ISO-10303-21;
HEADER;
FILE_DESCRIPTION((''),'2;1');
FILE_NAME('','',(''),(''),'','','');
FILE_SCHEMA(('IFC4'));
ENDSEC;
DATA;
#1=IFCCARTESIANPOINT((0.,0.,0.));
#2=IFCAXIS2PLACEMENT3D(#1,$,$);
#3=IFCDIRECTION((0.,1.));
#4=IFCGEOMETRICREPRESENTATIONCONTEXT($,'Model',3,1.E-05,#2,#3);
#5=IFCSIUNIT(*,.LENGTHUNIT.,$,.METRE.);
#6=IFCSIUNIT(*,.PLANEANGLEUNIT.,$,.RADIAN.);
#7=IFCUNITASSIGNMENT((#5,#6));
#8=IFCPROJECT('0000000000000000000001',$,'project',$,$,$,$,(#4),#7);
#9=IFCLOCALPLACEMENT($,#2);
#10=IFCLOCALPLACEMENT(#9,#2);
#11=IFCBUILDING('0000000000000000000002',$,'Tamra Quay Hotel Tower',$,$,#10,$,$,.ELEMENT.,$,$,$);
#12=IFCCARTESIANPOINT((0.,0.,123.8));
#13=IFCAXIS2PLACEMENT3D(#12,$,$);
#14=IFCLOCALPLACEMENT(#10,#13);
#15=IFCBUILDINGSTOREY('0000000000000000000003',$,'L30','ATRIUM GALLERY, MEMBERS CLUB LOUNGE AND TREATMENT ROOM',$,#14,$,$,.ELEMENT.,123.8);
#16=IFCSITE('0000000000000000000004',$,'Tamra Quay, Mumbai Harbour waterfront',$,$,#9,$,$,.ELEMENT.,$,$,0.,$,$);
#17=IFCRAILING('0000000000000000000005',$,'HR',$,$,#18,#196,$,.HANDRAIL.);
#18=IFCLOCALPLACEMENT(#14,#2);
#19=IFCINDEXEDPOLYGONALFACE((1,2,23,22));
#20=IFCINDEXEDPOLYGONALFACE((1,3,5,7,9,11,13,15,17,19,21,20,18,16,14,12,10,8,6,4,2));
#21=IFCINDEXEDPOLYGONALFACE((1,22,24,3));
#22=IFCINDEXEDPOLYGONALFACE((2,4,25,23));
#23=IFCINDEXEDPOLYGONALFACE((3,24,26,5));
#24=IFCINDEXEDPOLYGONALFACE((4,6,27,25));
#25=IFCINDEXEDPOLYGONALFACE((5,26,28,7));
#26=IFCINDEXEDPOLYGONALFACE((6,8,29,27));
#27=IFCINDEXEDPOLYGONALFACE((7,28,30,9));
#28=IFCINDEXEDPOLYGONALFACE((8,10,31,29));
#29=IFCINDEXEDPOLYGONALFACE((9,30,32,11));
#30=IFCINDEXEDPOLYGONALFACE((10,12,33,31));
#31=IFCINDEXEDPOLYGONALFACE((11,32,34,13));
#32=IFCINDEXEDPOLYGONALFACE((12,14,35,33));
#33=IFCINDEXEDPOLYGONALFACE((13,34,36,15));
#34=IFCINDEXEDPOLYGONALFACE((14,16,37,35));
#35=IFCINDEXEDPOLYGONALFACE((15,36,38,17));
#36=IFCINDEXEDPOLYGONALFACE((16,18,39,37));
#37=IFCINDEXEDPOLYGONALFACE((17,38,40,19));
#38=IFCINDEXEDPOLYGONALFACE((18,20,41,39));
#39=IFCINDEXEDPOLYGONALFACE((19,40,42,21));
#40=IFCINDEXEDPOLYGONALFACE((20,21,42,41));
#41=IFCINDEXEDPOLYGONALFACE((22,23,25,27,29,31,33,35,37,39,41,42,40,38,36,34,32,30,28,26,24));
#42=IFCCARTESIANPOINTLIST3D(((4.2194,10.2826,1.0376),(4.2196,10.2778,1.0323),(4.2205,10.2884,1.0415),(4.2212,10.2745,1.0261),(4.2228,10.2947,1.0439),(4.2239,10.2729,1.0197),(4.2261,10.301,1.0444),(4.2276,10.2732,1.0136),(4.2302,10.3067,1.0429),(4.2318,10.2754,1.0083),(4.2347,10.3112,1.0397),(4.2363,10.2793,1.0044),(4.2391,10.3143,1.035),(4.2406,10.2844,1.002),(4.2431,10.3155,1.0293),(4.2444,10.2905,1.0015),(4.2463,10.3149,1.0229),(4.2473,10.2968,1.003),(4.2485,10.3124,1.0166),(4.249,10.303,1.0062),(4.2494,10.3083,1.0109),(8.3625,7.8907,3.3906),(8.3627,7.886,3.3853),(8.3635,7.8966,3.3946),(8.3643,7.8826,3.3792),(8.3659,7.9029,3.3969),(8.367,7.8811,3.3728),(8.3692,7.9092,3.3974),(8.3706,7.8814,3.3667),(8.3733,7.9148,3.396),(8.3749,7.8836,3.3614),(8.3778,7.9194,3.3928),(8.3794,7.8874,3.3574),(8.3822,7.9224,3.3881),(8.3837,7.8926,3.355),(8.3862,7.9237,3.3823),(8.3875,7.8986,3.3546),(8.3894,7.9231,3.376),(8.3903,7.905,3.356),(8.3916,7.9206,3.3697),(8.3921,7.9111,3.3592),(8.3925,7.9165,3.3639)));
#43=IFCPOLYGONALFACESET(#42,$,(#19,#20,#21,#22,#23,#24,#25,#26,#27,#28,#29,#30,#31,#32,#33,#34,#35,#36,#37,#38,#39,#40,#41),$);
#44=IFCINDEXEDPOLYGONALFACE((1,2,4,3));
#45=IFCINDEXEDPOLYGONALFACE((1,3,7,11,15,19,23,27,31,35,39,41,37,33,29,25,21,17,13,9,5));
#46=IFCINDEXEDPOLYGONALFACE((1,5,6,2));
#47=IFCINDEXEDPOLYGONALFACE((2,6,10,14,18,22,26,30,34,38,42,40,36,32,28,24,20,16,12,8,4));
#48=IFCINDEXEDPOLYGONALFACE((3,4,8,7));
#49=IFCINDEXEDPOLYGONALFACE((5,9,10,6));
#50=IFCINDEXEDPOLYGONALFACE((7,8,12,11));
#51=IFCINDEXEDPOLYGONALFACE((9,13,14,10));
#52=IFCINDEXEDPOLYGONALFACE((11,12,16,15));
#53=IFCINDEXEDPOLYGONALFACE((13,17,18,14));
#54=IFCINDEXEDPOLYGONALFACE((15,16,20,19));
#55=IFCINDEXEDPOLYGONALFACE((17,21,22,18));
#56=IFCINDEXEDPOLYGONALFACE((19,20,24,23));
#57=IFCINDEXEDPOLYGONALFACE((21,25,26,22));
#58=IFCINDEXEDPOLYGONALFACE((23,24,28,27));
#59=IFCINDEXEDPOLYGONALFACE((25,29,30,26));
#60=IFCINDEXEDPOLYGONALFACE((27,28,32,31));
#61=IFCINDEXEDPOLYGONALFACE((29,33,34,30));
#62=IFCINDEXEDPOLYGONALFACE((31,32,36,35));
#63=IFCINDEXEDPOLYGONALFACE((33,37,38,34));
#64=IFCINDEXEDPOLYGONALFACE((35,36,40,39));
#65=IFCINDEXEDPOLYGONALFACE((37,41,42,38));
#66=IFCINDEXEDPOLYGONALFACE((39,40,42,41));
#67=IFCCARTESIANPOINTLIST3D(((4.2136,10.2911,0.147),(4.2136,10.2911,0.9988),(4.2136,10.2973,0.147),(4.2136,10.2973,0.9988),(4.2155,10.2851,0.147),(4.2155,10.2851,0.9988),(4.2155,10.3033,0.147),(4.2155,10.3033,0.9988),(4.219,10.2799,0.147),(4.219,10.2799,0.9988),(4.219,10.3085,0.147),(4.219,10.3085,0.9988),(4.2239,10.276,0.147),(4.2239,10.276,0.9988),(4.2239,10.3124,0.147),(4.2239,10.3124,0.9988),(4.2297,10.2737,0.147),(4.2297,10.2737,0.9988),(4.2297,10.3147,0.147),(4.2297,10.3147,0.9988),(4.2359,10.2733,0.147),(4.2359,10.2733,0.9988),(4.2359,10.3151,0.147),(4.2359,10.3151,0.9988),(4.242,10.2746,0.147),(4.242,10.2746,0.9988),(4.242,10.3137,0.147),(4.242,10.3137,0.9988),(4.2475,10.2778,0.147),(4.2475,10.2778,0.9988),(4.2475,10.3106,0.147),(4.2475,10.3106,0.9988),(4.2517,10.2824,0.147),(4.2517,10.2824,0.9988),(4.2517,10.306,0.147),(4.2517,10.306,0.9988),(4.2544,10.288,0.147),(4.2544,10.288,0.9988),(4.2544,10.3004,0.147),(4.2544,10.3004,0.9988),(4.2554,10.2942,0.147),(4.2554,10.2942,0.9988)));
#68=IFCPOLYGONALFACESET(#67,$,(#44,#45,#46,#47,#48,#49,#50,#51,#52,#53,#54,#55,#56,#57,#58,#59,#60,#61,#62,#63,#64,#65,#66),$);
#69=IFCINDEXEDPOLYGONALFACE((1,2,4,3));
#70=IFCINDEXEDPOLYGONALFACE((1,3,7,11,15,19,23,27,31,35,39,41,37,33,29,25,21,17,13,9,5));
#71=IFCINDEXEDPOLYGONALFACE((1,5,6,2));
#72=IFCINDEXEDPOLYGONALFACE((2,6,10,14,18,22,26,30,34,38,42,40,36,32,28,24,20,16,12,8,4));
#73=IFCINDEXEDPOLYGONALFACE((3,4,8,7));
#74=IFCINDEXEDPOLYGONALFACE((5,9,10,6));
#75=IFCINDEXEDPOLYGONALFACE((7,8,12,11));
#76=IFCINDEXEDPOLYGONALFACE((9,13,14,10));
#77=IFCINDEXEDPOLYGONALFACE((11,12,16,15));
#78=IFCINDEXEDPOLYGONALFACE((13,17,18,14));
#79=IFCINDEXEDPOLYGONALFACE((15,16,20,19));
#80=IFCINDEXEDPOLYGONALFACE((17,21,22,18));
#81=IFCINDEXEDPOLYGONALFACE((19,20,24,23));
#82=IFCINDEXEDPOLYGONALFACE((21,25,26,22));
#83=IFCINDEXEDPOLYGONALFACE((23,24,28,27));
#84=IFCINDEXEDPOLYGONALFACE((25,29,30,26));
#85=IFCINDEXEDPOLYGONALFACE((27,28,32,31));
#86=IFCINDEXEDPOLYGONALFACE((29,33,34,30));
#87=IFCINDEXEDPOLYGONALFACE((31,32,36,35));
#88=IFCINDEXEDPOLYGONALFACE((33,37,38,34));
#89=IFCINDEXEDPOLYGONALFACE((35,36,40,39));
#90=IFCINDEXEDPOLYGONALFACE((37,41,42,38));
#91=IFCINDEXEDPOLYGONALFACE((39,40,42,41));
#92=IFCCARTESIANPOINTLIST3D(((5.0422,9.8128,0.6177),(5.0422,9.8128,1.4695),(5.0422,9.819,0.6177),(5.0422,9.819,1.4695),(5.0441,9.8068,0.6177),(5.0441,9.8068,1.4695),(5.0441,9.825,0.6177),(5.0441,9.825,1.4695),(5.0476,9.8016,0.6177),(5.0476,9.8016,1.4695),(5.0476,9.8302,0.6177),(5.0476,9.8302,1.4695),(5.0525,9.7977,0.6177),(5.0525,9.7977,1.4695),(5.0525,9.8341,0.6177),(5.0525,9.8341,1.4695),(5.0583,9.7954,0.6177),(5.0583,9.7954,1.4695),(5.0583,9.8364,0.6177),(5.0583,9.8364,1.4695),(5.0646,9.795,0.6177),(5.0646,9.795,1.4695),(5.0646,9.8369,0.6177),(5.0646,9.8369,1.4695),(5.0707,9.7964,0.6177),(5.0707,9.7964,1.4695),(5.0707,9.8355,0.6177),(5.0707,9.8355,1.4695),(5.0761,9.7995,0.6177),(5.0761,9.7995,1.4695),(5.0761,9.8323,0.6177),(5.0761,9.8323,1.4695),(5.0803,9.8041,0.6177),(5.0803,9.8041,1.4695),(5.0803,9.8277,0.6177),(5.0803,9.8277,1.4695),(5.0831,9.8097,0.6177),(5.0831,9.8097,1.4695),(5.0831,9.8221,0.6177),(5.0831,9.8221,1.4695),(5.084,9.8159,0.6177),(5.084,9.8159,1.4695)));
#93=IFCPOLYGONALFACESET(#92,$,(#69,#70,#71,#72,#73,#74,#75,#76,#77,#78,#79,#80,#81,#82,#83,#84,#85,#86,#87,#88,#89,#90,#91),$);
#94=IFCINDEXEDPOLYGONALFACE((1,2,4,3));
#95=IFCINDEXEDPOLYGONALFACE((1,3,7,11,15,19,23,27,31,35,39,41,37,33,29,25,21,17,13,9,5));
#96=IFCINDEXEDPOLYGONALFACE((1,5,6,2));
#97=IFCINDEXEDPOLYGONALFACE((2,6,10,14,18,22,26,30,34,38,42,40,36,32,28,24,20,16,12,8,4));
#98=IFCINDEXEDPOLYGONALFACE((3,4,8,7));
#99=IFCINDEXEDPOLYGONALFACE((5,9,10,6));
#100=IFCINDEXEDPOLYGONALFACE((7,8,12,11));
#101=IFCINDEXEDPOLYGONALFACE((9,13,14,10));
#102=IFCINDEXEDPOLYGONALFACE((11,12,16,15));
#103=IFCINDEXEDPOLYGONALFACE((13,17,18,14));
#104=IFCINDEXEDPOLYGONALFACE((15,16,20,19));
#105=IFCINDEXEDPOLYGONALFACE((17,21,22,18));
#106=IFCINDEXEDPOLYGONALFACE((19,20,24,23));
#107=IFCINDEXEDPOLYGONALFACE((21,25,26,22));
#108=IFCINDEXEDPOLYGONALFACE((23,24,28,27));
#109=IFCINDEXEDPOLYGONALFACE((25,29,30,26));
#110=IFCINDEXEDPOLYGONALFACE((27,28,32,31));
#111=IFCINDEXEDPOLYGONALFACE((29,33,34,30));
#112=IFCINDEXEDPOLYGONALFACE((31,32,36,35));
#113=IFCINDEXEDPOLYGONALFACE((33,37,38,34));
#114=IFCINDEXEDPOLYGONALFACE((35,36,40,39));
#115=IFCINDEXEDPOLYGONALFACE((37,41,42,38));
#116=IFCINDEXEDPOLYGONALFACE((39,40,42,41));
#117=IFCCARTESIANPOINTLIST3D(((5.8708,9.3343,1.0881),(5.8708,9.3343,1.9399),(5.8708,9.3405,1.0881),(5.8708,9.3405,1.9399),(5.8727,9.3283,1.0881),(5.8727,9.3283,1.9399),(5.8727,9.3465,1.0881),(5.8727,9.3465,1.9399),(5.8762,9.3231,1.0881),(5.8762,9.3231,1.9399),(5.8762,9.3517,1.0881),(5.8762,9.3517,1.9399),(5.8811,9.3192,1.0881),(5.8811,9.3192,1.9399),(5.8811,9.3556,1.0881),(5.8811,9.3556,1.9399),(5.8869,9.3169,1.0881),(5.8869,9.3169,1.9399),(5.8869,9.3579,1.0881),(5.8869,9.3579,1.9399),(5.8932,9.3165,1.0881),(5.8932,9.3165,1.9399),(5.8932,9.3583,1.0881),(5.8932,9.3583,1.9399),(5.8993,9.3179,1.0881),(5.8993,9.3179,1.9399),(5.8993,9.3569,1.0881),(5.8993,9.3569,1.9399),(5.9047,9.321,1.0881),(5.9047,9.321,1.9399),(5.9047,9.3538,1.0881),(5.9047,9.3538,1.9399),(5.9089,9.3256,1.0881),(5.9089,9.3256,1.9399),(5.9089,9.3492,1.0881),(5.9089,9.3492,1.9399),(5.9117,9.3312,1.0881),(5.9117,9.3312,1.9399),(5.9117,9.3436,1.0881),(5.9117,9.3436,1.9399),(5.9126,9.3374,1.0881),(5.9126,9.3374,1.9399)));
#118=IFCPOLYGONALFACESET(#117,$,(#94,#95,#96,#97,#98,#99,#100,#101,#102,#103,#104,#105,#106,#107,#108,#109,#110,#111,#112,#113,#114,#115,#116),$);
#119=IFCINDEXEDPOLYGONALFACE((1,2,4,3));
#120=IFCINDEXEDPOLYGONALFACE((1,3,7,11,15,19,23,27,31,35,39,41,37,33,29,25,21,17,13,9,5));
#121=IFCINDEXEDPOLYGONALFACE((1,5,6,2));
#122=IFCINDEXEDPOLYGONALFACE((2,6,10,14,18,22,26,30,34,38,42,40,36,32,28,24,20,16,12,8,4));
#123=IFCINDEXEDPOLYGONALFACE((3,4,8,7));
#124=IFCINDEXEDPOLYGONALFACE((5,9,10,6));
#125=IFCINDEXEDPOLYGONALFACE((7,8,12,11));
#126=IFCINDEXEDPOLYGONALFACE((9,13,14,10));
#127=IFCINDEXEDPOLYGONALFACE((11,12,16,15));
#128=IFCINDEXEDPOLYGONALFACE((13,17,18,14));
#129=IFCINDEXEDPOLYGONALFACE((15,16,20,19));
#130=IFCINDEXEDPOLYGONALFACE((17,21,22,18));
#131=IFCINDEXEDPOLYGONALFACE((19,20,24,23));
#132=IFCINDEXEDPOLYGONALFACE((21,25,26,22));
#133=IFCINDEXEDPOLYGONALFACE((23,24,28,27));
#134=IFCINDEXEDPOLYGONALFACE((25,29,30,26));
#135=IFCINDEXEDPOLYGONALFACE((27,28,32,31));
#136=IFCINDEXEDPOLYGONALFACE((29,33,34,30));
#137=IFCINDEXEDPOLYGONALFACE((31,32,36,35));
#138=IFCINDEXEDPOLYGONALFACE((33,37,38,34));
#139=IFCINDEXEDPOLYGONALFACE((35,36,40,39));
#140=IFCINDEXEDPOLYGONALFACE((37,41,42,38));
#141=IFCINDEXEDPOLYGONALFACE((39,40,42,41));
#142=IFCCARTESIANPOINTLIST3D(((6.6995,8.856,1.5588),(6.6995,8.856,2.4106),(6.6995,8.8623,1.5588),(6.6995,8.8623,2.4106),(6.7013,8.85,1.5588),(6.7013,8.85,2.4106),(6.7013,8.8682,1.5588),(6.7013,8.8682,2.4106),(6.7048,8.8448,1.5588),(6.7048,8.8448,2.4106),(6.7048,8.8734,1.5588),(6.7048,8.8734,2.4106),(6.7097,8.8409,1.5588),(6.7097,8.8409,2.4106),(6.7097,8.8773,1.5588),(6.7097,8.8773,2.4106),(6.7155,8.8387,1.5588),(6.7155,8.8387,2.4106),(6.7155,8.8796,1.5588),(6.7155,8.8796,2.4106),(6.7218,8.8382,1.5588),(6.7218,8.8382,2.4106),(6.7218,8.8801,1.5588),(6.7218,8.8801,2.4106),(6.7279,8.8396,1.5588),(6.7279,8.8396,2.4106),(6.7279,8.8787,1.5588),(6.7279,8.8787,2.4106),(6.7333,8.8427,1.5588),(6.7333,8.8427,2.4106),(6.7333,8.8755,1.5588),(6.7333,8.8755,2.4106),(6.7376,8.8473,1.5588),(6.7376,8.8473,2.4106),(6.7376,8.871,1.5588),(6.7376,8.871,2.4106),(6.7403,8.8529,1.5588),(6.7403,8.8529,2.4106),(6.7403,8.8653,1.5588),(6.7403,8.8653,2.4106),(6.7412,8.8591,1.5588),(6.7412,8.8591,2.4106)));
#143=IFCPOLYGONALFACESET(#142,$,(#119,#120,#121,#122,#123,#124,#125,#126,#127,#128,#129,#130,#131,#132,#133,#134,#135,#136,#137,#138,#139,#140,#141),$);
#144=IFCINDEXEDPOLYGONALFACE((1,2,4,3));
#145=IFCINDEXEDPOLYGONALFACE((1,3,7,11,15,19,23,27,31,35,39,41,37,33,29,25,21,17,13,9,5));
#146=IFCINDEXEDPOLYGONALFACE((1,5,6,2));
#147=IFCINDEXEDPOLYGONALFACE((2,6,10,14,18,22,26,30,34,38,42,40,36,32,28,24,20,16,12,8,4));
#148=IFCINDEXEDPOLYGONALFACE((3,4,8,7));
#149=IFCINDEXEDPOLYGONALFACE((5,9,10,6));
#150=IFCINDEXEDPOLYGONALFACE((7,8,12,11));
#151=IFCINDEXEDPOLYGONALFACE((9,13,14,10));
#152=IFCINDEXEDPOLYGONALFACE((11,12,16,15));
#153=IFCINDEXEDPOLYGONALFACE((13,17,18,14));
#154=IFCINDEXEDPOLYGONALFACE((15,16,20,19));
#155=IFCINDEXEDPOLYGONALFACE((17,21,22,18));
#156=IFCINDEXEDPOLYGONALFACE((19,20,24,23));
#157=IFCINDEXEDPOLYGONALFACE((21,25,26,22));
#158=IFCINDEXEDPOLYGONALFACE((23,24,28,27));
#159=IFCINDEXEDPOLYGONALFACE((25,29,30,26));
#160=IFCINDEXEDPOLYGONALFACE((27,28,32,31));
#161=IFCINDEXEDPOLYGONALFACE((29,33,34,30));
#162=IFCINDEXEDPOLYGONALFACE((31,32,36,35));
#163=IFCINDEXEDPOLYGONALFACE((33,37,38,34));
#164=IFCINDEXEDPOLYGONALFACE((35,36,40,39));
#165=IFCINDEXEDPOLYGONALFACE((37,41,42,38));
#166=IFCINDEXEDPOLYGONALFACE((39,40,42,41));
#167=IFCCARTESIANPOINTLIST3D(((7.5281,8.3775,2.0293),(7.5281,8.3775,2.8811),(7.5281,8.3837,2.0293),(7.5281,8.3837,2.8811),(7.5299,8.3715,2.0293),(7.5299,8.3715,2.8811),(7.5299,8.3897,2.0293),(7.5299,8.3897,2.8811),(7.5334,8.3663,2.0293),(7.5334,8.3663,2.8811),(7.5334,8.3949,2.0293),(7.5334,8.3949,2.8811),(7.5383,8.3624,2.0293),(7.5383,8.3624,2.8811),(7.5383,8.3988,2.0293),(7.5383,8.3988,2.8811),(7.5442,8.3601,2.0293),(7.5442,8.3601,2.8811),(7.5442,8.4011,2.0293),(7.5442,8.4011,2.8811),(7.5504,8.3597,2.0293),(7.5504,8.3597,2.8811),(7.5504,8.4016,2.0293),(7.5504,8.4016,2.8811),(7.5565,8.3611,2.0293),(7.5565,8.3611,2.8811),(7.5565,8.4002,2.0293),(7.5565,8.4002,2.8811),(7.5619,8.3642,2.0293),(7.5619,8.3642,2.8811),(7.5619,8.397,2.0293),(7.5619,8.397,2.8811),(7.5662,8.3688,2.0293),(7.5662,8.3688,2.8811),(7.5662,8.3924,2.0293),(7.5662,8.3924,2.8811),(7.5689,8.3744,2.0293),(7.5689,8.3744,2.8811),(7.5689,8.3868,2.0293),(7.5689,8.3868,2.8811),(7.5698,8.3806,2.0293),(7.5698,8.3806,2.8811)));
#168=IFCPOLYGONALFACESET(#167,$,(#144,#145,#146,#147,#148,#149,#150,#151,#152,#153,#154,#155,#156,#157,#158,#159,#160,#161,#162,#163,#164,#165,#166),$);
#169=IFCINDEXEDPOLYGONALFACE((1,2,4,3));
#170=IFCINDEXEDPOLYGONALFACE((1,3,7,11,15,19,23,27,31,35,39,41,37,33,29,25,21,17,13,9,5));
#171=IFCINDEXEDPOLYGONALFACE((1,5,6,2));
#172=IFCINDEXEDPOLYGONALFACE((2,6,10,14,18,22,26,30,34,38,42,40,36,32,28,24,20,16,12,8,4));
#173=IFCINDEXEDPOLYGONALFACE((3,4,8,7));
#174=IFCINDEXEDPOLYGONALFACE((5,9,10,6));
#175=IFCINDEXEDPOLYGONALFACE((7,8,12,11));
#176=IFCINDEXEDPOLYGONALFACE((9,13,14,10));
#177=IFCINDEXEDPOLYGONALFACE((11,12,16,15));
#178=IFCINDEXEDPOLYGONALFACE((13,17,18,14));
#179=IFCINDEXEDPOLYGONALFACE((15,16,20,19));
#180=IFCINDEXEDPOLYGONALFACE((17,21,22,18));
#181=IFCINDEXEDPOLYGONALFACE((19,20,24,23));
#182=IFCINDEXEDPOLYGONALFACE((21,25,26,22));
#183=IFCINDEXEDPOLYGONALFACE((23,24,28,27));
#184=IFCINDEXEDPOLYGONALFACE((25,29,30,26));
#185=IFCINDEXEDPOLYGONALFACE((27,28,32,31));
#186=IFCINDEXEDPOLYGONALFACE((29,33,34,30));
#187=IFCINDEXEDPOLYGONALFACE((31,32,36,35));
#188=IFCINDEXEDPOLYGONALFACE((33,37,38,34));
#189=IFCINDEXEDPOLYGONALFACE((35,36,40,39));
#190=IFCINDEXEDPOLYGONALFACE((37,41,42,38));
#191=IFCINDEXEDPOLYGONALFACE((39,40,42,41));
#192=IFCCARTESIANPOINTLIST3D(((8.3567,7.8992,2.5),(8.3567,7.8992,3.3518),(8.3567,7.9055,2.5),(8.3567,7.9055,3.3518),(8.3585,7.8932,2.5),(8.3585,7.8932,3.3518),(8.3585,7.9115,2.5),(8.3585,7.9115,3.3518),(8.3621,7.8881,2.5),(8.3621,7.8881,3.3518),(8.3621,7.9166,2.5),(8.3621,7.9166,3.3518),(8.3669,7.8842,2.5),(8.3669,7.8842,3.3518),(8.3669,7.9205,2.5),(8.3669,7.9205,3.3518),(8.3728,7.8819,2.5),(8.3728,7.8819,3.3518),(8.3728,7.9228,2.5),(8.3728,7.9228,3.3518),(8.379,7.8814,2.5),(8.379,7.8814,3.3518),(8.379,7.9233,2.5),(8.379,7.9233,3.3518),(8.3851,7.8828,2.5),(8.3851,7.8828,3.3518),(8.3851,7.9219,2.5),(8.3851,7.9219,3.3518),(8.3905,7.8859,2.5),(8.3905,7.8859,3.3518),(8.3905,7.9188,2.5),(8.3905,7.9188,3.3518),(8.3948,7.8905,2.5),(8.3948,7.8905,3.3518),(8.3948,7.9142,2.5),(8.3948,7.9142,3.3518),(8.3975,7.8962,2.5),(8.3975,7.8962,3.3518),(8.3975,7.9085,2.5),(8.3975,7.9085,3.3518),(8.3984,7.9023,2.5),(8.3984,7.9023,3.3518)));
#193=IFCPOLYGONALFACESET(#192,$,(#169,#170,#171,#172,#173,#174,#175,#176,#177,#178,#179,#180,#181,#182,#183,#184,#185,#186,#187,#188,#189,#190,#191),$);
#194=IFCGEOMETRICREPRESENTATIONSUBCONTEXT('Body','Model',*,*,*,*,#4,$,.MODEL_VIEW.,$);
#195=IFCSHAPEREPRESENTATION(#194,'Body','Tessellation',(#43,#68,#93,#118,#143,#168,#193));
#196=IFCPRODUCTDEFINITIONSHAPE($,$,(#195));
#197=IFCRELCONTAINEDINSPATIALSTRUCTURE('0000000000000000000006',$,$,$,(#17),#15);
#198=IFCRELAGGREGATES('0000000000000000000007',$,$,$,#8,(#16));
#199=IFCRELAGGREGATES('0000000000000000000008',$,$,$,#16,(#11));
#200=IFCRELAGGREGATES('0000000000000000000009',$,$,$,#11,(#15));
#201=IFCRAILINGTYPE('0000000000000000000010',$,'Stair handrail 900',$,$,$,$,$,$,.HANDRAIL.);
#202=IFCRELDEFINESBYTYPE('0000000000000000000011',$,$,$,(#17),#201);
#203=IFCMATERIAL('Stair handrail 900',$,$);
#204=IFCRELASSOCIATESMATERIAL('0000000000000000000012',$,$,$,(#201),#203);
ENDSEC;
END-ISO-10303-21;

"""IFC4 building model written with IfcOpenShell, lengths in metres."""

from ifc_helpers import new_model, si_unit, direction, frame, origin, origin_2d, place, context, subcontext, project, spatial, circle, extrude, material, type_object, element, save


model = new_model("IFC4")

# Units and contexts
model_context = context("Model", 3, precision=1e-05, world=origin(), true_north=direction((0.0, 1.0)))
body_context = subcontext(model_context, "Body", "Model", "MODEL_VIEW")
ifc_project = project(units=[si_unit("LENGTHUNIT", "METRE"), si_unit("PLANEANGLEUNIT", "RADIAN")], contexts=[model_context])

# Site, building, storey
site_placement = place(None, origin())
site = spatial("IfcSite", under=ifc_project, at=site_placement, Name="Tamra Quay, Mumbai Harbour waterfront", CompositionType="ELEMENT", RefElevation=0.0)
building_placement = place(site_placement, origin())
building = spatial("IfcBuilding", under=site, at=building_placement, Name="Tamra Quay Hotel Tower", CompositionType="ELEMENT")
storey_placement = place(building_placement, frame((0.0, 0.0, 123.8)))
storey = spatial("IfcBuildingStorey", under=building, at=storey_placement, Name="L30", Description="ATRIUM GALLERY, MEMBERS CLUB LOUNGE AND TREATMENT ROOM", CompositionType="ELEMENT", Elevation=123.8)

# Railing
ifc_material_1 = material(Name="Stair handrail 900")
railing_type = type_object("IfcRailingType", Name="Stair handrail 900", PredefinedType="HANDRAIL", material=ifc_material_1)
railing_1_placement = place(storey_placement, frame((4.2344, 10.2942, 0.147)))
element("IfcRailing", 1, at=railing_1_placement, inside=storey, type_object=railing_type, Name="HR", PredefinedType="HANDRAIL", context=body_context, shape_type="SweptSolid", body=[
    extrude(circle(Radius=0.0239, at=origin_2d()), frame((0.0, 0.0, 0.876), z_axis=(0.777123, -0.448643, 0.441362), x_axis=(0.499976, 0.866039, 0.0)), (0.0, 0.0, 1.0), 5.3313),
    extrude(circle(Radius=0.021, at=origin_2d()), origin(), (0.0, 0.0, 1.0), 0.8518),
    extrude(circle(Radius=0.021, at=origin_2d()), frame((0.8286, -0.4783, 0.4707)), (0.0, 0.0, 1.0), 0.8518),
    extrude(circle(Radius=0.021, at=origin_2d()), frame((1.6572, -0.9568, 0.9412)), (0.0, 0.0, 1.0), 0.8518),
    extrude(circle(Radius=0.021, at=origin_2d()), frame((2.4858, -1.4351, 1.4119)), (0.0, 0.0, 1.0), 0.8518),
    extrude(circle(Radius=0.021, at=origin_2d()), frame((3.3145, -1.9136, 1.8823)), (0.0, 0.0, 1.0), 0.8518),
    extrude(circle(Radius=0.021, at=origin_2d()), frame((4.1431, -2.3918, 2.353)), (0.0, 0.0, 1.0), 0.8518),
])

save(model, "model.ifc")
